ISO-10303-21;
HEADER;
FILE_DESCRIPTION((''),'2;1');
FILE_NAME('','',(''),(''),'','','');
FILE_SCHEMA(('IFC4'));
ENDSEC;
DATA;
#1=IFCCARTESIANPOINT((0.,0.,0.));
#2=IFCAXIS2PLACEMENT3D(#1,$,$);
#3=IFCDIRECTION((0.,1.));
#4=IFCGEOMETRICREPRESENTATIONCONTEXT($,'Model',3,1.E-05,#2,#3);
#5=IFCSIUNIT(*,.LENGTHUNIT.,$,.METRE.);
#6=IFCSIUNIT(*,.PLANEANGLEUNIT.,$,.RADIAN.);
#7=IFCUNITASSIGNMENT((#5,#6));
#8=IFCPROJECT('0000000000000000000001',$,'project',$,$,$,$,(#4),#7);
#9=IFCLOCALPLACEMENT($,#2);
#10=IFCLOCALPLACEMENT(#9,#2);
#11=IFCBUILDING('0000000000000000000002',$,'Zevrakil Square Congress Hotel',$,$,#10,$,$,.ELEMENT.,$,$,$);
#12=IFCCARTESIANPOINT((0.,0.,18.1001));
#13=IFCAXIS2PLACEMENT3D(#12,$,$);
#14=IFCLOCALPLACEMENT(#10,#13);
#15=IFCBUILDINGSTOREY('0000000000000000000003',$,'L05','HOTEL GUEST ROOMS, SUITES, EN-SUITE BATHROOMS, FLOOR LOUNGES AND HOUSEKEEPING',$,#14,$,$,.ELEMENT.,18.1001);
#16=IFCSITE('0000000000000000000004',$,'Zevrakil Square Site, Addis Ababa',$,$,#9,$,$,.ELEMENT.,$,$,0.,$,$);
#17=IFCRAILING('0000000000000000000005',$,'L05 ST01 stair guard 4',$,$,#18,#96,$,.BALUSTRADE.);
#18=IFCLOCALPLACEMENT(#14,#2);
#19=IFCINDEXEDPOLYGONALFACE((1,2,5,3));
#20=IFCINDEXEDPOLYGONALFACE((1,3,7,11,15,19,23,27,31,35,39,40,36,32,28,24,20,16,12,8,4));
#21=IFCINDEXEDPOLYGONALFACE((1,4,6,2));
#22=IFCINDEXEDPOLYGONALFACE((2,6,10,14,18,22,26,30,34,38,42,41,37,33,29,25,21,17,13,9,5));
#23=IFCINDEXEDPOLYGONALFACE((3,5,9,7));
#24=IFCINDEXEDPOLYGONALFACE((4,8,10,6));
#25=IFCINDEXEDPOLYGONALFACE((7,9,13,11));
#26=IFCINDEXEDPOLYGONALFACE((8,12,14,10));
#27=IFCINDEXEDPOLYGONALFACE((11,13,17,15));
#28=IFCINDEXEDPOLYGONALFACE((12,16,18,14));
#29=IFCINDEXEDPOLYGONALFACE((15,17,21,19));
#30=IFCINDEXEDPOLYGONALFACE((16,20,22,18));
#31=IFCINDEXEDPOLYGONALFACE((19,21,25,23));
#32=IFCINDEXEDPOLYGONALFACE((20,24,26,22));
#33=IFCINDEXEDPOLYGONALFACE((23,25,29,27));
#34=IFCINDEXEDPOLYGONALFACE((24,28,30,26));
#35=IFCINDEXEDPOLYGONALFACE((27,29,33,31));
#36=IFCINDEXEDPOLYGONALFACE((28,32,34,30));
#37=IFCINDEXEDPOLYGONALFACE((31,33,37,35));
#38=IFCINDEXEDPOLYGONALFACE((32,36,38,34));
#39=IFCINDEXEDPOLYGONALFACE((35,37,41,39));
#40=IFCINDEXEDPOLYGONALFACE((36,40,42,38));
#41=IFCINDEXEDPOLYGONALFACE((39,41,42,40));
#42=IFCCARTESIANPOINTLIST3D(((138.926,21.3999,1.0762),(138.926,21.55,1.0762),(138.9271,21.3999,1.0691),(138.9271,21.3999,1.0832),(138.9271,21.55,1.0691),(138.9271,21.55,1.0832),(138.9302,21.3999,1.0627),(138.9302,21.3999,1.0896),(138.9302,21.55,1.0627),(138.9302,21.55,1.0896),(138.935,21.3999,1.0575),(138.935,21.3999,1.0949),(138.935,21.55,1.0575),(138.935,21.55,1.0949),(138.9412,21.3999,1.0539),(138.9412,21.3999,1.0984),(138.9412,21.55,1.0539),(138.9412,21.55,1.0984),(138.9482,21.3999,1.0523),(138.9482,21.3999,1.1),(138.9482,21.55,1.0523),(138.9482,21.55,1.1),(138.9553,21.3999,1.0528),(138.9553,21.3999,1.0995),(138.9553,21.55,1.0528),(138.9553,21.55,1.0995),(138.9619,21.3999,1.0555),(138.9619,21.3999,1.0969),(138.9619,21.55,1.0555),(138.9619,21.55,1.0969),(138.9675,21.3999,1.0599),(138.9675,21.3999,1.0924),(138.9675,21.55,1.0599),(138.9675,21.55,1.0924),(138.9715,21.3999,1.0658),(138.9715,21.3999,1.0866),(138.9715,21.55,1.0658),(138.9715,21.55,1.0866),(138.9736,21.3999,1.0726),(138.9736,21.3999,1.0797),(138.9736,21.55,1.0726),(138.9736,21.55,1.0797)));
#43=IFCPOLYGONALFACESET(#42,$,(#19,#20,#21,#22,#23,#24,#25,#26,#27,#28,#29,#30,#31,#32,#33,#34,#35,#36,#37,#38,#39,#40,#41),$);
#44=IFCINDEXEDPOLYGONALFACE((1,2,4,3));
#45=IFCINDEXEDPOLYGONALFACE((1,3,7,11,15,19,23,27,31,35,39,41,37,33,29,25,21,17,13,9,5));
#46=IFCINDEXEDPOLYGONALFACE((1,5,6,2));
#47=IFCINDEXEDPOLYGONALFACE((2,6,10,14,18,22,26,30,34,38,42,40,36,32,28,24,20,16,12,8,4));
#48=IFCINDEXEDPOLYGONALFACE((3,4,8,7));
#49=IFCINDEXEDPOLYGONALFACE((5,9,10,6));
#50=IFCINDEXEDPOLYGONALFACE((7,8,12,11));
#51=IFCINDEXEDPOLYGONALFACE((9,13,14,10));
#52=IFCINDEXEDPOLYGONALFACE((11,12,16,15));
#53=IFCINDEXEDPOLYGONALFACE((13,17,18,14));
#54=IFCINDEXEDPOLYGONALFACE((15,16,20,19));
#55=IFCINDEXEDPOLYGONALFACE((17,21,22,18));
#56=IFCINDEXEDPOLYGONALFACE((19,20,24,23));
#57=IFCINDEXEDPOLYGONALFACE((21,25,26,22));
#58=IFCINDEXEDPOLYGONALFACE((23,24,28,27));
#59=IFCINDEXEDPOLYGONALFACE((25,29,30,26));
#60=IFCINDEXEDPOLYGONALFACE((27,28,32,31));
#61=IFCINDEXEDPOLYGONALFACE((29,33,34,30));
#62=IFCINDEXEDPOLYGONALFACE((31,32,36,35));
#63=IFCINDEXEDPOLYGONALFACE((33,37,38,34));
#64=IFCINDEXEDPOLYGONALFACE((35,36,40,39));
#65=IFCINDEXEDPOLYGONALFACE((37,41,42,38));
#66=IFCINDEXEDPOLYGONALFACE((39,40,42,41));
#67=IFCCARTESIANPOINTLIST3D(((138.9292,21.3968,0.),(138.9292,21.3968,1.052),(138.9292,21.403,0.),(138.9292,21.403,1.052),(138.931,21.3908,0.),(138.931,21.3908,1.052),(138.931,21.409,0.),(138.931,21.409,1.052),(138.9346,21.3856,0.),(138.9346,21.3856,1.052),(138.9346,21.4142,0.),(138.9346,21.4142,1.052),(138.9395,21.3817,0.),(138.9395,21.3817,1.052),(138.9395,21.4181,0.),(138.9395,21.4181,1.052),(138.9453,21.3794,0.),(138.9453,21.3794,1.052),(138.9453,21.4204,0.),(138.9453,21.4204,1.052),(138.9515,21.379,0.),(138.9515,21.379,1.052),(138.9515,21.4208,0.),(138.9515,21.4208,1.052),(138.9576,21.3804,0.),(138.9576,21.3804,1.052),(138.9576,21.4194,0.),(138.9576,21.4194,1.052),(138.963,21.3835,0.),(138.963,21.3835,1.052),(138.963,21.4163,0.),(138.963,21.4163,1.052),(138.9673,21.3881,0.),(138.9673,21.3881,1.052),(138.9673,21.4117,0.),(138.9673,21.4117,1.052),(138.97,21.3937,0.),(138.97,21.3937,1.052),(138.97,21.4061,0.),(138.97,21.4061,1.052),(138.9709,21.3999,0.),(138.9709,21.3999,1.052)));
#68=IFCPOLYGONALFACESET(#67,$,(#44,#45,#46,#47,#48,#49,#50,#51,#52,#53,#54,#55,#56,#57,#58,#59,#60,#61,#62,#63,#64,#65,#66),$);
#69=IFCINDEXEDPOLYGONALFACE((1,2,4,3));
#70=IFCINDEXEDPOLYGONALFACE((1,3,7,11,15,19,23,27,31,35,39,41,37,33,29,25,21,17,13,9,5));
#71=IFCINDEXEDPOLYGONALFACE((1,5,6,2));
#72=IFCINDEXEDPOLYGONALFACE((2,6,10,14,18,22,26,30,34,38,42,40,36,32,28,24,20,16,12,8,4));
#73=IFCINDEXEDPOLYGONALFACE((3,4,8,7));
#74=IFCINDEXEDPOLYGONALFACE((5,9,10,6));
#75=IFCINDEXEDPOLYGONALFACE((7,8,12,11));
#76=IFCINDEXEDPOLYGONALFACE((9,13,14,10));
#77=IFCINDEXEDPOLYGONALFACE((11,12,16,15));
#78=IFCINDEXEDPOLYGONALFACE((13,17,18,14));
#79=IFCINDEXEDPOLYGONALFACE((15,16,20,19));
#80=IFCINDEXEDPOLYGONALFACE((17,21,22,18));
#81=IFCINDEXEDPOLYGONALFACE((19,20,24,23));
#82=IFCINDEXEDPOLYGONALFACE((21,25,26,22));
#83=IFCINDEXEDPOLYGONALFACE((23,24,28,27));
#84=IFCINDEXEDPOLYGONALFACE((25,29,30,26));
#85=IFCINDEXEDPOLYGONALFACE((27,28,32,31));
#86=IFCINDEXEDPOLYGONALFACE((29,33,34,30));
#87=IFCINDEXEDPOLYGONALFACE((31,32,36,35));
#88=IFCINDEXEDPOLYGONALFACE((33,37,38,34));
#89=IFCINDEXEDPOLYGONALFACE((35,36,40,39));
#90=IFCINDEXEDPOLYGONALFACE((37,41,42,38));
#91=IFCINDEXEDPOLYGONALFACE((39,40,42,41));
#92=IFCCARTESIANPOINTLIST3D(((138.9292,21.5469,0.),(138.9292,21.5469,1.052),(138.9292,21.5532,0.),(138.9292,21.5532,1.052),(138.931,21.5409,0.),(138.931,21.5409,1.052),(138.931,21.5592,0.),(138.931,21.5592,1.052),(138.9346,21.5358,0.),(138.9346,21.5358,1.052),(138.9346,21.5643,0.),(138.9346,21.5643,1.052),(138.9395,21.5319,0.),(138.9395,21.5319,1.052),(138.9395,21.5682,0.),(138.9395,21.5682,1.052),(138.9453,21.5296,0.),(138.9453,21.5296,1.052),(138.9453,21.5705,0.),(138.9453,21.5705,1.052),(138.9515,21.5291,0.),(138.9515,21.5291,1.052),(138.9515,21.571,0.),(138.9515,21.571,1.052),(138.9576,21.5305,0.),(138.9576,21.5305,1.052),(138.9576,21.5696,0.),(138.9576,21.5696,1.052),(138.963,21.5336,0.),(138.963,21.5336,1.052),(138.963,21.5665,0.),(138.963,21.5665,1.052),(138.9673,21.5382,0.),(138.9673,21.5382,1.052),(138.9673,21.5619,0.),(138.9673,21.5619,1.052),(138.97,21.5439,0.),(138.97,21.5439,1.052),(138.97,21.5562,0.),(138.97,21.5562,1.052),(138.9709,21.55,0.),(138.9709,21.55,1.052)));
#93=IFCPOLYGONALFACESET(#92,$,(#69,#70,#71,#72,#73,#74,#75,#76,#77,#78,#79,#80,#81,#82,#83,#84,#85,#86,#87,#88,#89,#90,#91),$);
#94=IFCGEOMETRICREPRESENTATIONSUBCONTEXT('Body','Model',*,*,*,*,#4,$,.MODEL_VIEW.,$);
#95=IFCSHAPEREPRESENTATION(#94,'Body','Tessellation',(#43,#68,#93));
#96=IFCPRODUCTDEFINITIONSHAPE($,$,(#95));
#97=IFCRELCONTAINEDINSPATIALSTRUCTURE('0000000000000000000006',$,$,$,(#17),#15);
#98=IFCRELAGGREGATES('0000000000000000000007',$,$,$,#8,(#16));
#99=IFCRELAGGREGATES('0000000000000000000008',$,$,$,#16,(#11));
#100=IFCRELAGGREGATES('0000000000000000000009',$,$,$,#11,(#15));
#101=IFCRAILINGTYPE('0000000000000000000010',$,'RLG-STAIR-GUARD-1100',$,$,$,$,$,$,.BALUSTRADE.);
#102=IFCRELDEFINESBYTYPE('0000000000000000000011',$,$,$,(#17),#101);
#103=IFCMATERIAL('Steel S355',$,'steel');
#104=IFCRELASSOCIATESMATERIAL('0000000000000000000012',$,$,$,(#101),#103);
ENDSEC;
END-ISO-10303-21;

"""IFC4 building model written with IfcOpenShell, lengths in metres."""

from ifc_helpers import new_model, si_unit, direction, frame, origin, origin_2d, place, context, subcontext, project, spatial, circle, extrude, material, type_object, element, save


model = new_model("IFC4")

# Units and contexts
model_context = context("Model", 3, precision=1e-05, world=origin(), true_north=direction((0.0, 1.0)))
body_context = subcontext(model_context, "Body", "Model", "MODEL_VIEW")
ifc_project = project(units=[si_unit("LENGTHUNIT", "METRE"), si_unit("PLANEANGLEUNIT", "RADIAN")], contexts=[model_context])

# Site, building, storey
site_placement = place(None, origin())
site = spatial("IfcSite", under=ifc_project, at=site_placement, Name="Zevrakil Square Site, Addis Ababa", CompositionType="ELEMENT", RefElevation=0.0)
building_placement = place(site_placement, origin())
building = spatial("IfcBuilding", under=site, at=building_placement, Name="Zevrakil Square Congress Hotel", CompositionType="ELEMENT")
storey_placement = place(building_placement, frame((0.0, 0.0, 18.1001)))
storey = spatial("IfcBuildingStorey", under=building, at=storey_placement, Name="L05", Description="HOTEL GUEST ROOMS, SUITES, EN-SUITE BATHROOMS, FLOOR LOUNGES AND HOUSEKEEPING", CompositionType="ELEMENT", Elevation=18.1001)

# Railing
ifc_material_1 = material(Name="Steel S355", Category="steel")
railing_type_1 = type_object("IfcRailingType", Name="RLG-STAIR-GUARD-1100", PredefinedType="BALUSTRADE", material=ifc_material_1)
railing_1_placement = place(storey_placement, frame((138.95, 21.3999, 0.0)))
element("IfcRailing", 1, at=railing_1_placement, inside=storey, type_object=railing_type_1, Name="L05 ST01 stair guard 4", PredefinedType="BALUSTRADE", context=body_context, shape_type="SweptSolid", body=[
    extrude(circle(Radius=0.0239, at=origin_2d()), frame((0.0, 0.0, 1.0762), z_axis=(0.0, 1.0, 0.0), x_axis=(-1.0, 0.0, 0.0)), (0.0, 0.0, 1.0), 0.1501),
    extrude(circle(Radius=0.021, at=origin_2d()), origin(), (0.0, 0.0, 1.0), 1.052),
    extrude(circle(Radius=0.021, at=origin_2d()), frame((0.0, 0.1501, 0.0)), (0.0, 0.0, 1.0), 1.052),
])

save(model, "model.ifc")
